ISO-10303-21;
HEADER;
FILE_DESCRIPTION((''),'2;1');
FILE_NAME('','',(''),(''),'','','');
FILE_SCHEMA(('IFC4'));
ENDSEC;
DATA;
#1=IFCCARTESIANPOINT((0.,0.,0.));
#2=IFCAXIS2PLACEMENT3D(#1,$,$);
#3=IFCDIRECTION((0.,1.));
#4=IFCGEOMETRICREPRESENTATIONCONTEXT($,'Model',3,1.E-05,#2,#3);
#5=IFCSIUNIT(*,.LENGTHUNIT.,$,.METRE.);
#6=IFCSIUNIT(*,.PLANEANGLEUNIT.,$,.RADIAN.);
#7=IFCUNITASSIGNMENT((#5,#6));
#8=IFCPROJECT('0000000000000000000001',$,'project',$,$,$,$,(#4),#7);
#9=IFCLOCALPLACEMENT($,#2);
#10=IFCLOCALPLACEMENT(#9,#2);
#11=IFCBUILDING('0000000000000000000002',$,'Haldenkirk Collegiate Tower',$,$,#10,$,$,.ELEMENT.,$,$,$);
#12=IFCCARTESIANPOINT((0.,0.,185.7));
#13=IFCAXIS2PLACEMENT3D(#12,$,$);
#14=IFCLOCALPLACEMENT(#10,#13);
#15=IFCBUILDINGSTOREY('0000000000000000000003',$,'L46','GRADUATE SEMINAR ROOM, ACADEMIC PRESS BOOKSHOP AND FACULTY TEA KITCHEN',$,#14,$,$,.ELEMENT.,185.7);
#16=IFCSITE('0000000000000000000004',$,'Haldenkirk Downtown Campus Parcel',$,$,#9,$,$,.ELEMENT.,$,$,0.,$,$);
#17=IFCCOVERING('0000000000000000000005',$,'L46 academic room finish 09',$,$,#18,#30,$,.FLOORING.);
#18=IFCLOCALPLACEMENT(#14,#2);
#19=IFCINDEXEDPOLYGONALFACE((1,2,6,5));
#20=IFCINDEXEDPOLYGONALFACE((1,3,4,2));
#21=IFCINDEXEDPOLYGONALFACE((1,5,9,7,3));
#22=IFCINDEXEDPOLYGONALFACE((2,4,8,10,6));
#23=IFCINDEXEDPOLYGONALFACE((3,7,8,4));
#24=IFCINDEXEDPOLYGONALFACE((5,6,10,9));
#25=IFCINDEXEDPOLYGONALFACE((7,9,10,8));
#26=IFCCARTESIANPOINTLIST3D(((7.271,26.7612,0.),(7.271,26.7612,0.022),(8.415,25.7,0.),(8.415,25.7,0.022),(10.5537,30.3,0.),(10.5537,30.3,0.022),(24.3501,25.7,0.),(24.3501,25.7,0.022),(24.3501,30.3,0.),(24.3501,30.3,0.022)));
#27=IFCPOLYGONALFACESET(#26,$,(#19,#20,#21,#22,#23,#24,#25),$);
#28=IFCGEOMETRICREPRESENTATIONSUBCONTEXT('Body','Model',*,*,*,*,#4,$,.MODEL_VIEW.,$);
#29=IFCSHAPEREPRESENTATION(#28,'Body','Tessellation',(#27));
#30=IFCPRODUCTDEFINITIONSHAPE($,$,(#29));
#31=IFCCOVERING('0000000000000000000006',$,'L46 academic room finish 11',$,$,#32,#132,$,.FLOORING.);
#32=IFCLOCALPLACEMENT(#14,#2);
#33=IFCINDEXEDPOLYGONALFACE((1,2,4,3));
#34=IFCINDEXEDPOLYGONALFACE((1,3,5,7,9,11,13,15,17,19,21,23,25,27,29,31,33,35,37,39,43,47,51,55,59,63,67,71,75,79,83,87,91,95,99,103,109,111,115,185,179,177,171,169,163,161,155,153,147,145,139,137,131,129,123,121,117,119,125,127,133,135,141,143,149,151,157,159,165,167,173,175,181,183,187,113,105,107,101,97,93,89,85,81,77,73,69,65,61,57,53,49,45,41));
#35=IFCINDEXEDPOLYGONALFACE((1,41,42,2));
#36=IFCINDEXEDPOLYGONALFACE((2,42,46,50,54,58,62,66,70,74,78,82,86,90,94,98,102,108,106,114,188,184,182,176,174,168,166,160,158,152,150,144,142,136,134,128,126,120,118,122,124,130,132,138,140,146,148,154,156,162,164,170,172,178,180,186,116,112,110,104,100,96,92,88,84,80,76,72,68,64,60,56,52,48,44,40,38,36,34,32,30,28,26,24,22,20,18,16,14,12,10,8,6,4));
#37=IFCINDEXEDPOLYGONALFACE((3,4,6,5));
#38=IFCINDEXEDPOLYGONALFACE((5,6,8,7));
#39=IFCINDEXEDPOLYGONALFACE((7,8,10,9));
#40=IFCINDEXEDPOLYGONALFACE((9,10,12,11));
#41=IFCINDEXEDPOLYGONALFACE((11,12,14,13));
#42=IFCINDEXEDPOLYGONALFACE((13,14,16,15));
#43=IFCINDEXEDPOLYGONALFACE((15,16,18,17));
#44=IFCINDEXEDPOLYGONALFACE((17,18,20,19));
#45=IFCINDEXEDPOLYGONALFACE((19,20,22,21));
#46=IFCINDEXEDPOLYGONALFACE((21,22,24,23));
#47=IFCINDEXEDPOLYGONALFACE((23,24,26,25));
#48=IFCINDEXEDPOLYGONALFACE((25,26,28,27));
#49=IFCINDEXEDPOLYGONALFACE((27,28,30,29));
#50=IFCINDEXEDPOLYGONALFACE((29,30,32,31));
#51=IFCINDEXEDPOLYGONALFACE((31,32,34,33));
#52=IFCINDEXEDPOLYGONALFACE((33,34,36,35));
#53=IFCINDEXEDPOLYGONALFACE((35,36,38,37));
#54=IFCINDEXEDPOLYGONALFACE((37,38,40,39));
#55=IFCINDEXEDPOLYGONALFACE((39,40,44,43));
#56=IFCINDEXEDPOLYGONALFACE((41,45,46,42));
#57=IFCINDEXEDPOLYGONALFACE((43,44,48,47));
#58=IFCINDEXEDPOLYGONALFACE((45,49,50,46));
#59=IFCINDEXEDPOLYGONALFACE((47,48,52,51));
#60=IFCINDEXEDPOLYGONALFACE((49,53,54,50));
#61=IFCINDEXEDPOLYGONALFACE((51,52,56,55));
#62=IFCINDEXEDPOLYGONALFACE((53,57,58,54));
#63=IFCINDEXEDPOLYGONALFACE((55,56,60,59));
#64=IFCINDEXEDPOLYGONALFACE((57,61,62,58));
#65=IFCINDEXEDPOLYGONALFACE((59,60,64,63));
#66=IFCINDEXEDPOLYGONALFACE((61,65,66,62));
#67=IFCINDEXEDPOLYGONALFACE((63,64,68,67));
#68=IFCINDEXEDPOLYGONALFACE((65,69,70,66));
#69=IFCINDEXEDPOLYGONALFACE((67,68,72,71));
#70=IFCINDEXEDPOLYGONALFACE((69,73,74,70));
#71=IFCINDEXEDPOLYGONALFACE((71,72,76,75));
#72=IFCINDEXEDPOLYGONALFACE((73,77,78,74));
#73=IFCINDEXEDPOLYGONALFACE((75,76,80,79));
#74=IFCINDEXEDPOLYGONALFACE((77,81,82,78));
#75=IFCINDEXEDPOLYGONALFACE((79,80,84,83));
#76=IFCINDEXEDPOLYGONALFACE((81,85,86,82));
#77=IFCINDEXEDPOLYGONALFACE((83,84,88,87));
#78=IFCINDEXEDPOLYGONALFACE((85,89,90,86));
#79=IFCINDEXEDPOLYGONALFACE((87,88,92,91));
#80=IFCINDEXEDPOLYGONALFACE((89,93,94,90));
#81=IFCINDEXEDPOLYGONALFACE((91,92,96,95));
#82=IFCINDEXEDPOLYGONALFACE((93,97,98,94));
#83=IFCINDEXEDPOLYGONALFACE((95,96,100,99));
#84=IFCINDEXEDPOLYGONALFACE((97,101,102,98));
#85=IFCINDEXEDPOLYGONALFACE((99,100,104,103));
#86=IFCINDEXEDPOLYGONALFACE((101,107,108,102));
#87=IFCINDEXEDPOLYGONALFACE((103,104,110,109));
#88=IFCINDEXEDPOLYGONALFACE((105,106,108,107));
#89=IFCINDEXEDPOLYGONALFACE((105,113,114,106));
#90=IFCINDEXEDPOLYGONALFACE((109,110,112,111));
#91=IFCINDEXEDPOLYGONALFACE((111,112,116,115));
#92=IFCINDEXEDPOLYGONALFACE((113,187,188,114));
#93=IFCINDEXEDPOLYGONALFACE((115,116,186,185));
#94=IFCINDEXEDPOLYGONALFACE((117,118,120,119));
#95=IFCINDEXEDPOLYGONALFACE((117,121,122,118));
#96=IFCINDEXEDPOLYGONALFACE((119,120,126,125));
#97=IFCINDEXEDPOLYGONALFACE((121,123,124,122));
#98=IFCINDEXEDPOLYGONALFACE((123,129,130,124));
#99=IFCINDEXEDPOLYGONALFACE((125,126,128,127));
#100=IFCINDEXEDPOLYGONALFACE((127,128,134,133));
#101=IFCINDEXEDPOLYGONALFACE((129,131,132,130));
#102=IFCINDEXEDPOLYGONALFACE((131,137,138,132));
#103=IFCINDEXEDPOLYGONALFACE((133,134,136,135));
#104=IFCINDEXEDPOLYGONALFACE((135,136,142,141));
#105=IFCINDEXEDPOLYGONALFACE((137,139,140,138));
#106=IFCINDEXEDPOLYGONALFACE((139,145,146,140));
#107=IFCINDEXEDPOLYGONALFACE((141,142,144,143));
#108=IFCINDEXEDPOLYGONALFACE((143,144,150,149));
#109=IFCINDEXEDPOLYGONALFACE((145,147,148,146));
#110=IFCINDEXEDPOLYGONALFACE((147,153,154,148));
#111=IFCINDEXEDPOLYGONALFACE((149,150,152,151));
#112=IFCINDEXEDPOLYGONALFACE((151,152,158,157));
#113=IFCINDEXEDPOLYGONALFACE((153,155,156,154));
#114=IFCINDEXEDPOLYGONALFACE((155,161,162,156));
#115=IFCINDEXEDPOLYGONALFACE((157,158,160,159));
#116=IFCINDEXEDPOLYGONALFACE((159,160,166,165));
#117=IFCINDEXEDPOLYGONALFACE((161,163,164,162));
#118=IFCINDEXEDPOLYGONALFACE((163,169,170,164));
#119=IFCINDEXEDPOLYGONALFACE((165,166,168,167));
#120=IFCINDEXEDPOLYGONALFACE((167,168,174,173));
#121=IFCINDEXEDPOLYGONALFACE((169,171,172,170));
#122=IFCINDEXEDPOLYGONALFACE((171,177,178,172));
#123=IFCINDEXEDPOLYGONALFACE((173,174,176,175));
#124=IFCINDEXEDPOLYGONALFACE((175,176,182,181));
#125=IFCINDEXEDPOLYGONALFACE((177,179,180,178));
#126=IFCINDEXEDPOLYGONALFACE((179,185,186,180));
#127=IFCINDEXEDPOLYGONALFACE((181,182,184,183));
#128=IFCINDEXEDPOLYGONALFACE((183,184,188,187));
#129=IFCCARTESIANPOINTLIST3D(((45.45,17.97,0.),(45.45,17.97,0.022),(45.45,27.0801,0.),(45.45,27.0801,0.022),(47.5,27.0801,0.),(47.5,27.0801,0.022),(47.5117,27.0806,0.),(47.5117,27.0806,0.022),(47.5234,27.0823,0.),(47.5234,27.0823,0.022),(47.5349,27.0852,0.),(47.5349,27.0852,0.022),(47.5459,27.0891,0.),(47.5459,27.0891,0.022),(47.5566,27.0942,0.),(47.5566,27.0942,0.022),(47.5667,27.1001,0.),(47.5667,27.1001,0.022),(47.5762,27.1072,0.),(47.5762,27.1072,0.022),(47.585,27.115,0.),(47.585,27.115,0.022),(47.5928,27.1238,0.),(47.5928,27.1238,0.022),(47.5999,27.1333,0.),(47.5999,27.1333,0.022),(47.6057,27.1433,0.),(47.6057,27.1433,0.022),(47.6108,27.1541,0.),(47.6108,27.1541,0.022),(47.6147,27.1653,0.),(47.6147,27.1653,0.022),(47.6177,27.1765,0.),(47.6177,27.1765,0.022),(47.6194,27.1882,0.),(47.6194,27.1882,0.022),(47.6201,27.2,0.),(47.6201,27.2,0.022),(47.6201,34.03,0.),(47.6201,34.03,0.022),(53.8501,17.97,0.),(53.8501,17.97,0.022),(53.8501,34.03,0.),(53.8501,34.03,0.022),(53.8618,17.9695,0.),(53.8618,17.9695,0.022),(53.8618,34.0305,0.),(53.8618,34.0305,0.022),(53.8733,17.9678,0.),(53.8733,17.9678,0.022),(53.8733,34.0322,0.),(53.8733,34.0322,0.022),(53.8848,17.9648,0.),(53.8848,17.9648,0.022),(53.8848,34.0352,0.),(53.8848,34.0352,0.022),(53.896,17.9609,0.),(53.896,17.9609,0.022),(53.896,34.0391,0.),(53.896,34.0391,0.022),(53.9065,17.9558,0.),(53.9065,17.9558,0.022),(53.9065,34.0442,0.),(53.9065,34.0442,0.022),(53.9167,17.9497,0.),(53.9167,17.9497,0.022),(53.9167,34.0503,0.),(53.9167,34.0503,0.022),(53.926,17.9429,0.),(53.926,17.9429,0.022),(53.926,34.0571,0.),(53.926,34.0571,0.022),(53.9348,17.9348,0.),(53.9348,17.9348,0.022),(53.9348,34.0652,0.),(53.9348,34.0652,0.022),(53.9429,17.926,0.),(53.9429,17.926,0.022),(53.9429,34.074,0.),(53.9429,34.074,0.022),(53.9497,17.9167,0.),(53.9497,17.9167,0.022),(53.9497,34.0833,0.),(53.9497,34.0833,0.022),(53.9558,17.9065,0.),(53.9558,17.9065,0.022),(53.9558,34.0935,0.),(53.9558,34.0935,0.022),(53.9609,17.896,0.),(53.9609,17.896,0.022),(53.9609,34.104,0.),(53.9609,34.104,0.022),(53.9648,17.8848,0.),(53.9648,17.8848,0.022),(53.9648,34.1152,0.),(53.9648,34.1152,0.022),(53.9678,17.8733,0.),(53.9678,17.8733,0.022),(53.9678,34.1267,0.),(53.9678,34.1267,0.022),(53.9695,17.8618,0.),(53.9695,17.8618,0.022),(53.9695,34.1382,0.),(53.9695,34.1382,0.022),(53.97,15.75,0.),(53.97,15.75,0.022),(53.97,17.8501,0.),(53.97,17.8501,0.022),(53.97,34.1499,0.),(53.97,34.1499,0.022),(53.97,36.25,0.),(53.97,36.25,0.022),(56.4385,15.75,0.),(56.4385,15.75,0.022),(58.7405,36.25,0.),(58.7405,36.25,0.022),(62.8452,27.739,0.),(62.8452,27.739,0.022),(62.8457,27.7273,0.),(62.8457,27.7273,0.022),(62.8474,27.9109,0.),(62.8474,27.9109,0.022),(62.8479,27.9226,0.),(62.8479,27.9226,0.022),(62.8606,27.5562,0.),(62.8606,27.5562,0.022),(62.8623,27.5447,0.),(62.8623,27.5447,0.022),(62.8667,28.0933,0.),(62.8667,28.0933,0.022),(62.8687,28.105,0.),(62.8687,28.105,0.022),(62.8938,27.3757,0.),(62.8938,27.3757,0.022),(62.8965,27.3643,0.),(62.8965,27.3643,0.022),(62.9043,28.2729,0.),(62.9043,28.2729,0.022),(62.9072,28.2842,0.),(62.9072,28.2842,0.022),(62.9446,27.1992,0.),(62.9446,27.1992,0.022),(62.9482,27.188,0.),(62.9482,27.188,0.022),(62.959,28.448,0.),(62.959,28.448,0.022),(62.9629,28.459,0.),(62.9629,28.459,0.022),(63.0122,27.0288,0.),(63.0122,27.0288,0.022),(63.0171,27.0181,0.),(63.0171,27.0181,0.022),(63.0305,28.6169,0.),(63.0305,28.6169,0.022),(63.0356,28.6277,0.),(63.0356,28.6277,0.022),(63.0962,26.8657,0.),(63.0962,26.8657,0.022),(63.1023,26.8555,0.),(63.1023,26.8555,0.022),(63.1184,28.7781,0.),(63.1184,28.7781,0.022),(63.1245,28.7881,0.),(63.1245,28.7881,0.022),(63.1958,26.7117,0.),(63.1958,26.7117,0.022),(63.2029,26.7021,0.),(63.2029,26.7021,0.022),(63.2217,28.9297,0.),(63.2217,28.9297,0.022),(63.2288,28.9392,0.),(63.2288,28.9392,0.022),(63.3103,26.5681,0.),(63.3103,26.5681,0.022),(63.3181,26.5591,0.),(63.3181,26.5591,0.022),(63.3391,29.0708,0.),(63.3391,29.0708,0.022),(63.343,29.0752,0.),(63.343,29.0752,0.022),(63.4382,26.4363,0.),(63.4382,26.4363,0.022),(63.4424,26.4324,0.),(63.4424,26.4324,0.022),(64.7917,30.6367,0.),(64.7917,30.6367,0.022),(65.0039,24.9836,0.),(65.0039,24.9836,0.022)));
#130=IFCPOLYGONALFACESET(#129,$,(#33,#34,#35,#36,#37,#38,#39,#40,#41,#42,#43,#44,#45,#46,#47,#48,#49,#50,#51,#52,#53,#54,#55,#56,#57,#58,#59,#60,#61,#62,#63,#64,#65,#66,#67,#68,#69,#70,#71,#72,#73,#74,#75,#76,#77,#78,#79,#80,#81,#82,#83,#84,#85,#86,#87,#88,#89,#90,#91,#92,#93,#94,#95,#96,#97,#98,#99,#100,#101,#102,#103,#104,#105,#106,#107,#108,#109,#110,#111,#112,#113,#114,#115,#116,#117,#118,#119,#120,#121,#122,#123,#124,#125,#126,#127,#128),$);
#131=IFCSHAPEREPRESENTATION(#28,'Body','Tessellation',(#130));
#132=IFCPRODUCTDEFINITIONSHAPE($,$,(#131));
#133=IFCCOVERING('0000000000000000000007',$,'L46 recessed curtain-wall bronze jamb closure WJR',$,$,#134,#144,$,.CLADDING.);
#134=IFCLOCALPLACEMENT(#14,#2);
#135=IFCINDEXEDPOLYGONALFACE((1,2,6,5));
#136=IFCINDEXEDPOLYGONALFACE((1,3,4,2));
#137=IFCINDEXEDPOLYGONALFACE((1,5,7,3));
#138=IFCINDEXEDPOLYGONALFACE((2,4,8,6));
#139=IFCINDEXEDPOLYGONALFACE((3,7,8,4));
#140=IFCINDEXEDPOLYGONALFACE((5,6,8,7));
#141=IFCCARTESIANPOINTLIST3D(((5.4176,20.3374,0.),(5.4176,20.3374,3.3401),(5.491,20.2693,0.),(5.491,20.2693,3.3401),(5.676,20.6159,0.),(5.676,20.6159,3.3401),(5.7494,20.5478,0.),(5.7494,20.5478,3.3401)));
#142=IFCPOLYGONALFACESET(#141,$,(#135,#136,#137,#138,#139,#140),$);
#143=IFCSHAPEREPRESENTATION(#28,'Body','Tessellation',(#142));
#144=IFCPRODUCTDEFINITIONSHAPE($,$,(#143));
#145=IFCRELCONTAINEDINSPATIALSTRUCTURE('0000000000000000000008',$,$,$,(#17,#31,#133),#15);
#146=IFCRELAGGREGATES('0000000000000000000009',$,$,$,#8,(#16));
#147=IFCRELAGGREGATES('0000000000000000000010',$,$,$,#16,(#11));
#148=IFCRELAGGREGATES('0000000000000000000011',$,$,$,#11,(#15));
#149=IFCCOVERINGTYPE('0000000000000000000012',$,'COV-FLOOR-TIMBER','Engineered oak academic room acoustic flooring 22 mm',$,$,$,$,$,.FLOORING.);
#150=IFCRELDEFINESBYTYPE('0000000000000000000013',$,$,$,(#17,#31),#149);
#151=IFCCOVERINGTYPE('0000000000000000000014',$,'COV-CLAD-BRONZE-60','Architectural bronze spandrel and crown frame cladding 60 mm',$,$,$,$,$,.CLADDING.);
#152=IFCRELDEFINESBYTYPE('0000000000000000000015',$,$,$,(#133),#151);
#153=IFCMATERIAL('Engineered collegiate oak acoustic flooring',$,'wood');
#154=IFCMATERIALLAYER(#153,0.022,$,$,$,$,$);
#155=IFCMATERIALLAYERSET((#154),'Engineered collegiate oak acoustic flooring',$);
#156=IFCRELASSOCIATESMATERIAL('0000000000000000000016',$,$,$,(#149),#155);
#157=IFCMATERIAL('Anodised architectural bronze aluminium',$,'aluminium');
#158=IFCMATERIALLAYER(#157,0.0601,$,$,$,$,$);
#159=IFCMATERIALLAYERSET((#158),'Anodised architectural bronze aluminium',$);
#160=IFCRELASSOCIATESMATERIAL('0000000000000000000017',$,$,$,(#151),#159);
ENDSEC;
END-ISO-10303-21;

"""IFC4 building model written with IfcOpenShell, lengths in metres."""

from ifc_helpers import new_model, si_unit, direction, frame, origin, origin_2d, place, context, subcontext, project, spatial, polyline, rectangle, outline, extrude, source, transform, mapped, material, layer, layer_set, type_object, element, save


model = new_model("IFC4")

# Units and contexts
model_context = context("Model", 3, precision=1e-05, world=origin(), true_north=direction((0.0, 1.0)))
body_context = subcontext(model_context, "Body", "Model", "MODEL_VIEW")
ifc_project = project(units=[si_unit("LENGTHUNIT", "METRE"), si_unit("PLANEANGLEUNIT", "RADIAN")], contexts=[model_context])

# Site, building, storey
site_placement = place(None, origin())
site = spatial("IfcSite", under=ifc_project, at=site_placement, Name="Haldenkirk Downtown Campus Parcel", CompositionType="ELEMENT", RefElevation=0.0)
building_placement = place(site_placement, origin())
building = spatial("IfcBuilding", under=site, at=building_placement, Name="Haldenkirk Collegiate Tower", CompositionType="ELEMENT")
storey_placement = place(building_placement, frame((0.0, 0.0, 185.7)))
storey = spatial("IfcBuildingStorey", under=building, at=storey_placement, Name="L46", Description="GRADUATE SEMINAR ROOM, ACADEMIC PRESS BOOKSHOP AND FACULTY TEA KITCHEN", CompositionType="ELEMENT", Elevation=185.7)

# Shared definitions
ifc_material_1 = material(Name="Anodised architectural bronze aluminium", Category="aluminium")

# Coverings
ifc_material_2 = material(Name="Engineered collegiate oak acoustic flooring", Category="wood")
ifc_layer_1 = layer(ifc_material_2, 0.022)
ifc_layer_set_1 = layer_set([ifc_layer_1], Name="Engineered collegiate oak acoustic flooring")
covering_type_1 = type_object("IfcCoveringType", Name="COV-FLOOR-TIMBER", Description="Engineered oak academic room acoustic flooring 22 mm", PredefinedType="FLOORING", material=ifc_layer_set_1)
covering_1_placement = place(storey_placement, origin())
element("IfcCovering", 1, at=covering_1_placement, inside=storey, type_object=covering_type_1, Name="L46 academic room finish 09", PredefinedType="FLOORING", context=body_context, shape_type="SweptSolid", body=[
    extrude(outline(polyline([(7.271, 26.7612), (10.5537, 30.3), (24.3501, 30.3), (24.3501, 25.7), (8.415, 25.7), (7.271, 26.7612)])), origin(), (0.0, 0.0, 1.0), 0.022),
])
covering_2_placement = place(storey_placement, origin())
element("IfcCovering", 2, at=covering_2_placement, inside=storey, type_object=covering_type_1, Name="L46 academic room finish 11", PredefinedType="FLOORING", context=body_context, shape_type="SweptSolid", body=[
    extrude(outline(polyline([(63.343, 29.0752), (63.3391, 29.0708), (63.2288, 28.9392), (63.2217, 28.9297), (63.1245, 28.7881), (63.1184, 28.7781), (63.0356, 28.6277), (63.0305, 28.6169), (62.9629, 28.459), (62.959, 28.448), (62.9072, 28.2842), (62.9043, 28.2729), (62.8687, 28.105), (62.8667, 28.0933), (62.8479, 27.9226), (62.8474, 27.9109), (62.8452, 27.739), (62.8457, 27.7273), (62.8606, 27.5562), (62.8623, 27.5447), (62.8938, 27.3757), (62.8965, 27.3643), (62.9446, 27.1992), (62.9482, 27.188), (63.0122, 27.0288), (63.0171, 27.0181), (63.0962, 26.8657), (63.1023, 26.8555), (63.1958, 26.7117), (63.2029, 26.7021), (63.3103, 26.5681), (63.3181, 26.5591), (63.4382, 26.4363), (63.4424, 26.4324), (65.0039, 24.9836), (56.4385, 15.75), (53.97, 15.75), (53.97, 17.8501), (53.9695, 17.8618), (53.9678, 17.8733), (53.9648, 17.8848), (53.9609, 17.896), (53.9558, 17.9065), (53.9497, 17.9167), (53.9429, 17.926), (53.9348, 17.9348), (53.926, 17.9429), (53.9167, 17.9497), (53.9065, 17.9558), (53.896, 17.9609), (53.8848, 17.9648), (53.8733, 17.9678), (53.8618, 17.9695), (53.8501, 17.97), (45.45, 17.97), (45.45, 27.0801), (47.5, 27.0801), (47.5117, 27.0806), (47.5234, 27.0823), (47.5349, 27.0852), (47.5459, 27.0891), (47.5566, 27.0942), (47.5667, 27.1001), (47.5762, 27.1072), (47.585, 27.115), (47.5928, 27.1238), (47.5999, 27.1333), (47.6057, 27.1433), (47.6108, 27.1541), (47.6147, 27.1653), (47.6177, 27.1765), (47.6194, 27.1882), (47.6201, 27.2), (47.6201, 34.03), (53.8501, 34.03), (53.8618, 34.0305), (53.8733, 34.0322), (53.8848, 34.0352), (53.896, 34.0391), (53.9065, 34.0442), (53.9167, 34.0503), (53.926, 34.0571), (53.9348, 34.0652), (53.9429, 34.074), (53.9497, 34.0833), (53.9558, 34.0935), (53.9609, 34.104), (53.9648, 34.1152), (53.9678, 34.1267), (53.9695, 34.1382), (53.97, 34.1499), (53.97, 36.25), (58.7405, 36.25), (64.7917, 30.6367), (63.343, 29.0752)])), origin(), (0.0, 0.0, 1.0), 0.022),
])
ifc_layer_2 = layer(ifc_material_1, 0.0601)
ifc_layer_set_2 = layer_set([ifc_layer_2], Name="Anodised architectural bronze aluminium")
covering_type_2 = type_object("IfcCoveringType", Name="COV-CLAD-BRONZE-60", Description="Architectural bronze spandrel and crown frame cladding 60 mm", PredefinedType="CLADDING", material=ifc_layer_set_2)
shared_shape_1 = source(origin(), body_context, "Body", "SweptSolid", [
    extrude(rectangle(XDim=0.1001, YDim=0.3799, at=origin_2d()), origin(), (0.0, 0.0, 1.0), 3.3401),
])
covering_3_placement = place(storey_placement, frame((5.5835, 20.4426, 0.0), z_axis=(0.0, 0.0, 1.0), x_axis=(-0.733137, 0.680081, 0.0)))
element("IfcCovering", 3, at=covering_3_placement, inside=storey, type_object=covering_type_2, Name="L46 recessed curtain-wall bronze jamb closure WJR", PredefinedType="CLADDING", context=body_context, shape_type="MappedRepresentation", body=[
    mapped(shared_shape_1, transform((0.0, 0.0, 0.0), x_axis=(1.0, 0.0, 0.0), y_axis=(0.0, 1.0, 0.0), z_axis=(0.0, 0.0, 1.0), scale=1.0)),
])

save(model, "model.ifc")
